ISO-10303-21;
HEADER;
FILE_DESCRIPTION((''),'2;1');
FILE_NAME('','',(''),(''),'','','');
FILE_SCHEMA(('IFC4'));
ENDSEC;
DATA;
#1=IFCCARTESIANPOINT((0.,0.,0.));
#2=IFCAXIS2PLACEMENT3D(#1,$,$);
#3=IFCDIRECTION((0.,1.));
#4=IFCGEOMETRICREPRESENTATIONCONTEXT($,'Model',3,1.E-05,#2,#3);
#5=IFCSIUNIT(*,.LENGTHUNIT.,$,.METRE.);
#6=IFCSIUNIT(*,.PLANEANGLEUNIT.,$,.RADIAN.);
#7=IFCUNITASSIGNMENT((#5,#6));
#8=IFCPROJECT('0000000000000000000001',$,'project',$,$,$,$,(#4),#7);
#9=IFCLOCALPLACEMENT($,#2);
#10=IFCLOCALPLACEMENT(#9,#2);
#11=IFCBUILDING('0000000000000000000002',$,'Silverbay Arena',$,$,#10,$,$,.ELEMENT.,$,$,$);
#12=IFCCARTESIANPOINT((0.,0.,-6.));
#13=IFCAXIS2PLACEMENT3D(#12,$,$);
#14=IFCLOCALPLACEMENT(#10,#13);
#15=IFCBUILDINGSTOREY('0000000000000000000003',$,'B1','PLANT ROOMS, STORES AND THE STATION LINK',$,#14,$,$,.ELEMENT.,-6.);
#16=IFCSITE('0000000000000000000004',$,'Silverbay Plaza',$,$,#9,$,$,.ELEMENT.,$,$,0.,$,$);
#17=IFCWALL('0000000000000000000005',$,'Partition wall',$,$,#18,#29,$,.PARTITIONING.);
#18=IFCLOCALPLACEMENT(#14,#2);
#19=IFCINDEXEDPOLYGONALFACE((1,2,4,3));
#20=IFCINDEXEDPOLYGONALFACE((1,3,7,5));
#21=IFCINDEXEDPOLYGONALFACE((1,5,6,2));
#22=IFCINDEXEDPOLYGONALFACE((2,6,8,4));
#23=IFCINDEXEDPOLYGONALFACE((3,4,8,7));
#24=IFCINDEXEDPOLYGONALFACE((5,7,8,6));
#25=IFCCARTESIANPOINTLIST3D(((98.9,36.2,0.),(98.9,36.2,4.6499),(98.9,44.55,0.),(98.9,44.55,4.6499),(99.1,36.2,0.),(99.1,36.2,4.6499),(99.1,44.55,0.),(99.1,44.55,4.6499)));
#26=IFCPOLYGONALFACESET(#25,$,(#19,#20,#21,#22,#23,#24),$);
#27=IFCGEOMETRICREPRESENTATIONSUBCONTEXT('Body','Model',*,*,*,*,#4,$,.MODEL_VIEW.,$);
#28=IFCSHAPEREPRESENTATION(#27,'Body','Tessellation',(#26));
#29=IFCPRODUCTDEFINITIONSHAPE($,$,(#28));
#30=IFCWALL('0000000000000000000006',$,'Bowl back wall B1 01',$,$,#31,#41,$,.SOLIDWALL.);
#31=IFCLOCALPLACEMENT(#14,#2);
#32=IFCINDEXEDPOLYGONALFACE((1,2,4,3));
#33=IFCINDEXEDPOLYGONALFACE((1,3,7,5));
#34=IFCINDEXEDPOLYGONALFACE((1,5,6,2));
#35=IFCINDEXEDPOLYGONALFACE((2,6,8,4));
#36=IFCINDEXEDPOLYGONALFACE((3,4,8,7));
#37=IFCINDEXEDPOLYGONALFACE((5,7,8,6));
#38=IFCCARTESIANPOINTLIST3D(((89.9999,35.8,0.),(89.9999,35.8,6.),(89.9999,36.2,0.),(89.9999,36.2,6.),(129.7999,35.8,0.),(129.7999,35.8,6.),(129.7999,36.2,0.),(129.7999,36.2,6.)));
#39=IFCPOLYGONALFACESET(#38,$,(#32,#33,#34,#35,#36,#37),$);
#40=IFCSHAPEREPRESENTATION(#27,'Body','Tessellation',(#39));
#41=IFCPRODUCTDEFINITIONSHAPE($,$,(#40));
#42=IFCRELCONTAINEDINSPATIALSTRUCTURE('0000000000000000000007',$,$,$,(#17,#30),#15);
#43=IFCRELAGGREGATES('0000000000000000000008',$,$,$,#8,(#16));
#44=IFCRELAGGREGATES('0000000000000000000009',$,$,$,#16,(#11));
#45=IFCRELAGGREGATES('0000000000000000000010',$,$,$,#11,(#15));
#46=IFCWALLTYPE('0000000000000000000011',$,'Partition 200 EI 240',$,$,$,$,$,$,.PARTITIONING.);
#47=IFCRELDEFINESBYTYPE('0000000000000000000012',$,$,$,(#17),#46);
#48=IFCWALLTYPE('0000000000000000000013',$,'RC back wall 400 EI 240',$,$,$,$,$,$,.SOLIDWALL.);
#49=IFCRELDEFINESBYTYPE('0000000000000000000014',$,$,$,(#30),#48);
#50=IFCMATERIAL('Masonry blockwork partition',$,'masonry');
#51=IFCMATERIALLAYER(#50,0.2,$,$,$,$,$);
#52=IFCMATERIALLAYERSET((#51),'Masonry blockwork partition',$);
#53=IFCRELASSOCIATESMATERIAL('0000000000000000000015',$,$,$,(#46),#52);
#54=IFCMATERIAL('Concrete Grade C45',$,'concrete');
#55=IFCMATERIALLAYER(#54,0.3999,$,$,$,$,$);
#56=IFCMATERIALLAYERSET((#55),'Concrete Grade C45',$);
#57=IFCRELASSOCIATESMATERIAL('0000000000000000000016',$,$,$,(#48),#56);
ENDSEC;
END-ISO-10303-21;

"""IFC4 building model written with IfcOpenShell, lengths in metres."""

from ifc_helpers import new_model, si_unit, direction, frame, frame_2d, origin, place, context, subcontext, project, spatial, rectangle, extrude, material, layer, layer_set, type_object, element, save


model = new_model("IFC4")

# Units and contexts
model_context = context("Model", 3, precision=1e-05, world=origin(), true_north=direction((0.0, 1.0)))
body_context = subcontext(model_context, "Body", "Model", "MODEL_VIEW")
ifc_project = project(units=[si_unit("LENGTHUNIT", "METRE"), si_unit("PLANEANGLEUNIT", "RADIAN")], contexts=[model_context])

# Site, building, storey
site_placement = place(None, origin())
site = spatial("IfcSite", under=ifc_project, at=site_placement, Name="Silverbay Plaza", CompositionType="ELEMENT", RefElevation=0.0)
building_placement = place(site_placement, origin())
building = spatial("IfcBuilding", under=site, at=building_placement, Name="Silverbay Arena", CompositionType="ELEMENT")
storey_placement = place(building_placement, frame((0.0, 0.0, -6.0)))
storey = spatial("IfcBuildingStorey", under=building, at=storey_placement, Name="B1", Description="PLANT ROOMS, STORES AND THE STATION LINK", CompositionType="ELEMENT", Elevation=-6.0)

# Walls
ifc_material_1 = material(Name="Masonry blockwork partition", Category="masonry")
ifc_layer_1 = layer(ifc_material_1, 0.2)
ifc_layer_set_1 = layer_set([ifc_layer_1], Name="Masonry blockwork partition")
wall_type_1 = type_object("IfcWallType", Name="Partition 200 EI 240", PredefinedType="PARTITIONING", material=ifc_layer_set_1)
wall_1_placement = place(storey_placement, frame((99.0, 36.2, 0.0), z_axis=(0.0, 0.0, 1.0), x_axis=(0.0, 1.0, 0.0)))
element("IfcWall", 1, at=wall_1_placement, inside=storey, type_object=wall_type_1, Name="Partition wall", PredefinedType="PARTITIONING", context=body_context, shape_type="SweptSolid", body=[
    extrude(rectangle(XDim=8.3501, YDim=0.2, at=frame_2d((4.175, 0.0))), origin(), (0.0, 0.0, 1.0), 4.6499),
])
ifc_material_2 = material(Name="Concrete Grade C45", Category="concrete")
ifc_layer_2 = layer(ifc_material_2, 0.3999)
ifc_layer_set_2 = layer_set([ifc_layer_2], Name="Concrete Grade C45")
wall_type_2 = type_object("IfcWallType", Name="RC back wall 400 EI 240", PredefinedType="SOLIDWALL", material=ifc_layer_set_2)
wall_2_placement = place(storey_placement, frame((90.0, 36.0, 0.0), z_axis=(0.0, 0.0, 1.0), x_axis=(1.0, 0.0, 0.0)))
element("IfcWall", 2, at=wall_2_placement, inside=storey, type_object=wall_type_2, Name="Bowl back wall B1 01", PredefinedType="SOLIDWALL", context=body_context, shape_type="SweptSolid", body=[
    extrude(rectangle(XDim=39.8, YDim=0.3999, at=frame_2d((19.8999, 0.0))), origin(), (0.0, 0.0, 1.0), 6.0),
])

save(model, "model.ifc")
